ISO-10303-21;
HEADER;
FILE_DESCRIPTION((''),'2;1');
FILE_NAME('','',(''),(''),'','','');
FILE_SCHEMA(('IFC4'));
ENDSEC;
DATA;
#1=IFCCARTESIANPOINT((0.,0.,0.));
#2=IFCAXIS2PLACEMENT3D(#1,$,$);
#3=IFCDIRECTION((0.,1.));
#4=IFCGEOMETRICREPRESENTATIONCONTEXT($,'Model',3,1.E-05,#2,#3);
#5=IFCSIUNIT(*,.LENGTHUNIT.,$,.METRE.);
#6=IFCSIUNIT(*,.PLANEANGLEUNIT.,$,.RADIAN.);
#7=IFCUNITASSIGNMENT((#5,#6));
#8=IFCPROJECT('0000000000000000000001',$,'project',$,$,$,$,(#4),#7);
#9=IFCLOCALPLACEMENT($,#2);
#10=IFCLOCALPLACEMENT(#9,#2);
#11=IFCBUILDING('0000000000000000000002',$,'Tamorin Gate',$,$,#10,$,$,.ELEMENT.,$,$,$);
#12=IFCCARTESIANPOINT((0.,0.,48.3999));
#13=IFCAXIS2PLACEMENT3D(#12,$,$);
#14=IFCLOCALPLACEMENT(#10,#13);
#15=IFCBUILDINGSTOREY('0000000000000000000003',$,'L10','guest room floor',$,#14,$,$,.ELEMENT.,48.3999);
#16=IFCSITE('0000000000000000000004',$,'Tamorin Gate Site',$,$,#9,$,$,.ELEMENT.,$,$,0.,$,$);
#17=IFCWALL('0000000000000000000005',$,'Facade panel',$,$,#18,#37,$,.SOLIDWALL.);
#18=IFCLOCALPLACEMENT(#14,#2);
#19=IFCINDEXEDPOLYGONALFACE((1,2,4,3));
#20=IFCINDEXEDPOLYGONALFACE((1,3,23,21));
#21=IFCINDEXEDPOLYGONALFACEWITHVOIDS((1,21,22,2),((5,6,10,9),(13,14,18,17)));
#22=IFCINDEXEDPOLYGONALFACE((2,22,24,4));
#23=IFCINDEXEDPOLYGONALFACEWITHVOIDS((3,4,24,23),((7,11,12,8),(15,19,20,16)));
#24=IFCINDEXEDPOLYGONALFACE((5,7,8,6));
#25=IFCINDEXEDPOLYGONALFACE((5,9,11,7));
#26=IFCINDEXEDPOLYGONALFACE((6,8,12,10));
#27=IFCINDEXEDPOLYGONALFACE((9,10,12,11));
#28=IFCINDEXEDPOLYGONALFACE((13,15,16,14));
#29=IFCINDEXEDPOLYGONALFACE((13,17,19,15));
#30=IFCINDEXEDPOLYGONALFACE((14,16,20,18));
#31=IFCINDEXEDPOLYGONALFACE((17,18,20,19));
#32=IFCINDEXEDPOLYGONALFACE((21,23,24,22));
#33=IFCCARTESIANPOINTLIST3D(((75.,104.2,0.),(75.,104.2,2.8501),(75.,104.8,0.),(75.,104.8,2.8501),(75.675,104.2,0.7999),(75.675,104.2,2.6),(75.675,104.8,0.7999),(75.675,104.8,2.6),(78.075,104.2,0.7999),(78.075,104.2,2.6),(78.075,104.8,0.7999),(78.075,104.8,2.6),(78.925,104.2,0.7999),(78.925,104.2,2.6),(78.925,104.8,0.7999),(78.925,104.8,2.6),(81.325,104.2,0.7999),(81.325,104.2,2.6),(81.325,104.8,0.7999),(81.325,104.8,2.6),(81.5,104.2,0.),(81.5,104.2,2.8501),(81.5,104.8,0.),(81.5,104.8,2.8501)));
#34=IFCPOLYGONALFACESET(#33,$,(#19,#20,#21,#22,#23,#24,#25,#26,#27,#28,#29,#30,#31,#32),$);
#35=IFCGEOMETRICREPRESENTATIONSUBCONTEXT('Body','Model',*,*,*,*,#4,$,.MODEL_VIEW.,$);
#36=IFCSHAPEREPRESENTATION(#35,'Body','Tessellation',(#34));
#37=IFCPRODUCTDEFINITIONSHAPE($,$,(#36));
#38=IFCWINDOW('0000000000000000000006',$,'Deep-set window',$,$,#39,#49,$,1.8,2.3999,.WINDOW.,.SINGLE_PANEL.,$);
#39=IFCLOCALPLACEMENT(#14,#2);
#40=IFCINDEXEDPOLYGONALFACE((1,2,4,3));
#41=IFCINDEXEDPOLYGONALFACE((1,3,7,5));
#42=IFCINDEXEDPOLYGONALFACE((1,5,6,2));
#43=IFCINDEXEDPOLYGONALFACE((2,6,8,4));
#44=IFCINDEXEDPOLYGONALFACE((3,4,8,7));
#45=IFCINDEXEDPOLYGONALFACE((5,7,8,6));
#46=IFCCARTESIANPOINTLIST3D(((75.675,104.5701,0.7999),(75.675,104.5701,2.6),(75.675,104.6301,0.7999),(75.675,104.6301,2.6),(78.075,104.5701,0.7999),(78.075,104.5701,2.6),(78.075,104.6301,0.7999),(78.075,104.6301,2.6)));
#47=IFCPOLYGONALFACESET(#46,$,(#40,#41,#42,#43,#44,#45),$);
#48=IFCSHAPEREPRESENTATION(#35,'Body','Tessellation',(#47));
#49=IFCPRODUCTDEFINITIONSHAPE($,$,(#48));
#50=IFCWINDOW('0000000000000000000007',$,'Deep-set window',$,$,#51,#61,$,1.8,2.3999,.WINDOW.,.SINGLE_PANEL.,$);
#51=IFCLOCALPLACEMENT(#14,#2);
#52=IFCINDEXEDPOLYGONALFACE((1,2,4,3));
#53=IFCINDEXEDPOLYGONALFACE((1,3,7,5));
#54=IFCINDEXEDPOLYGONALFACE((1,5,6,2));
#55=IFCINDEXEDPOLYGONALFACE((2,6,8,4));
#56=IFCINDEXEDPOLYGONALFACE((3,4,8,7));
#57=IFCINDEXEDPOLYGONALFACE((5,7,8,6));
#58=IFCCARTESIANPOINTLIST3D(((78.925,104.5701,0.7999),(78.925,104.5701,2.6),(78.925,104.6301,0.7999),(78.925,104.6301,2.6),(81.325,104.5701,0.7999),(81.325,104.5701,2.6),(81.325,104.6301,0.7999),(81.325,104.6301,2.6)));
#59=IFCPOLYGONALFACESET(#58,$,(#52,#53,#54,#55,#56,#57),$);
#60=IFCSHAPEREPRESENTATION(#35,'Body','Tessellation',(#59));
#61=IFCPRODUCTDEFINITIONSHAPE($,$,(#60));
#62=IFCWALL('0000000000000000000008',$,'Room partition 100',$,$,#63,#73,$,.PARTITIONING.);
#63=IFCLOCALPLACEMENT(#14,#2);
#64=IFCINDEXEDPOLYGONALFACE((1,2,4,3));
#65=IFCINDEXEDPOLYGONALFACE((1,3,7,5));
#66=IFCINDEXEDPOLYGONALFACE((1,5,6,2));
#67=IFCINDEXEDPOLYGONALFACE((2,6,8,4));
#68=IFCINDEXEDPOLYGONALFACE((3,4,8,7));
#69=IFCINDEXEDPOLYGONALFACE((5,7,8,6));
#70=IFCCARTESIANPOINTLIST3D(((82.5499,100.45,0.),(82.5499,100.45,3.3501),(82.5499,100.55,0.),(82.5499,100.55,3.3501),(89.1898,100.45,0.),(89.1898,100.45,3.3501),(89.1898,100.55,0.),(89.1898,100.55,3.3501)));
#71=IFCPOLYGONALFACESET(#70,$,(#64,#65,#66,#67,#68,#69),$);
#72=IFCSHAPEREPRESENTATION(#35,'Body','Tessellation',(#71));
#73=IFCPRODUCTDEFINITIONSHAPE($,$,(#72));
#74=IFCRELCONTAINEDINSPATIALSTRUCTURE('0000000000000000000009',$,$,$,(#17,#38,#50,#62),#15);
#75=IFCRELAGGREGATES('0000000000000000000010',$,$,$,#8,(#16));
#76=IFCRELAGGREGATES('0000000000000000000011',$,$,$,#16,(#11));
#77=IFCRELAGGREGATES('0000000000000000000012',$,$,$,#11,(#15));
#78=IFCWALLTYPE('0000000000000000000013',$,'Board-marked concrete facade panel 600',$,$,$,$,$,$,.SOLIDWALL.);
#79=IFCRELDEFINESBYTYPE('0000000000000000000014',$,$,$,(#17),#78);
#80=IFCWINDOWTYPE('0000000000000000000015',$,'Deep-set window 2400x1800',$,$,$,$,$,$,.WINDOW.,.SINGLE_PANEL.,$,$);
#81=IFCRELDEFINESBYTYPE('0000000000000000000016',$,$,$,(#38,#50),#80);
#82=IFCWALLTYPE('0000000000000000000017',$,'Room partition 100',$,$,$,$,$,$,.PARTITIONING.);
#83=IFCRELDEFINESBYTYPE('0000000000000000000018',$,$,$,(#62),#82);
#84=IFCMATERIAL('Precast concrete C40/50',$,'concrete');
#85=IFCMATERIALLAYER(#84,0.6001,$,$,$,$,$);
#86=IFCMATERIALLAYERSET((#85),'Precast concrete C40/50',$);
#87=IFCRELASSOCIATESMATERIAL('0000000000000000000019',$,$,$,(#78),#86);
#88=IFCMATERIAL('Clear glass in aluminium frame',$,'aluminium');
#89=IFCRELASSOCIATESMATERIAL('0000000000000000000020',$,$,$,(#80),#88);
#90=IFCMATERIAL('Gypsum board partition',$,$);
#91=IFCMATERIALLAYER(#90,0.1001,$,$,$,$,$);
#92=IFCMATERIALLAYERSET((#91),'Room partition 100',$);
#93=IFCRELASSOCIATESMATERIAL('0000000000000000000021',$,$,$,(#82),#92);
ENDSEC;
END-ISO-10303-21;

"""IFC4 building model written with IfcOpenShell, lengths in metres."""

from ifc_helpers import new_model, si_unit, direction, frame, frame_2d, origin, place, context, subcontext, project, spatial, rectangle, extrude, material, layer, layer_set, type_object, element, fill, save


model = new_model("IFC4")

# Units and contexts
model_context = context("Model", 3, precision=1e-05, world=origin(), true_north=direction((0.0, 1.0)))
body_context = subcontext(model_context, "Body", "Model", "MODEL_VIEW")
ifc_project = project(units=[si_unit("LENGTHUNIT", "METRE"), si_unit("PLANEANGLEUNIT", "RADIAN")], contexts=[model_context])

# Site, building, storey
site_placement = place(None, origin())
site = spatial("IfcSite", under=ifc_project, at=site_placement, Name="Tamorin Gate Site", CompositionType="ELEMENT", RefElevation=0.0)
building_placement = place(site_placement, origin())
building = spatial("IfcBuilding", under=site, at=building_placement, Name="Tamorin Gate", CompositionType="ELEMENT")
storey_placement = place(building_placement, frame((0.0, 0.0, 48.3999)))
storey = spatial("IfcBuildingStorey", under=building, at=storey_placement, Name="L10", Description="guest room floor", CompositionType="ELEMENT", Elevation=48.3999)

# Shared definitions
ifc_material_1 = material(Name="Precast concrete C40/50", Category="concrete")
ifc_layer_1 = layer(ifc_material_1, 0.6001)
ifc_layer_set_1 = layer_set([ifc_layer_1], Name="Precast concrete C40/50")
wall_type_1 = type_object("IfcWallType", Name="Board-marked concrete facade panel 600", PredefinedType="SOLIDWALL", material=ifc_layer_set_1)
ifc_material_2 = material(Name="Clear glass in aluminium frame", Category="aluminium")
window_type = type_object("IfcWindowType", Name="Deep-set window 2400x1800", PartitioningType="SINGLE_PANEL", PredefinedType="WINDOW", material=ifc_material_2)

# Wall, openings, windows
wall_1_placement = place(storey_placement, frame((81.5, 104.5, 0.0), z_axis=(0.0, 0.0, 1.0), x_axis=(-1.0, 0.0, 0.0)))
wall_1 = element("IfcWall", 1, at=wall_1_placement, inside=storey, type_object=wall_type_1, Name="Facade panel", PredefinedType="SOLIDWALL", context=body_context, shape_type="SweptSolid", body=[
    extrude(rectangle(XDim=6.5, YDim=0.6001, at=frame_2d((3.25, 0.0))), origin(), (0.0, 0.0, 1.0), 2.8501),
])
opening_1_placement = place(wall_1_placement, frame((3.425, 0.0, 0.8)))
opening_1 = element("IfcOpeningElement", 2, at=opening_1_placement, cuts=wall_1, PredefinedType="OPENING", context=body_context, shape_type="SweptSolid", body=[
    extrude(rectangle(XDim=2.3999, YDim=1.8, at=frame_2d((1.2, 0.8999))), frame((0.0, 0.3101, 0.0), z_axis=(0.0, -1.0, 0.0), x_axis=(1.0, 0.0, 0.0)), (0.0, 0.0, 1.0), 0.6201),
])
opening_2_placement = place(wall_1_placement, frame((0.175, 0.0, 0.8)))
opening_2 = element("IfcOpeningElement", 3, at=opening_2_placement, cuts=wall_1, PredefinedType="OPENING", context=body_context, shape_type="SweptSolid", body=[
    extrude(rectangle(XDim=2.3999, YDim=1.8, at=frame_2d((1.2, 0.8999))), frame((0.0, 0.3101, 0.0), z_axis=(0.0, -1.0, 0.0), x_axis=(1.0, 0.0, 0.0)), (0.0, 0.0, 1.0), 0.6201),
])
window_1_placement = place(opening_1_placement, origin())
window_1 = element("IfcWindow", 4, at=window_1_placement, inside=storey, type_object=window_type, Name="Deep-set window", OverallHeight=1.8, OverallWidth=2.3999, PartitioningType="SINGLE_PANEL", PredefinedType="WINDOW", context=body_context, shape_type="SweptSolid", body=[
    extrude(rectangle(XDim=2.3999, YDim=1.8, at=frame_2d((1.2, 0.8999))), frame((0.0, -0.0701, 0.0), z_axis=(0.0, -1.0, 0.0), x_axis=(1.0, 0.0, 0.0)), (0.0, 0.0, 1.0), 0.0601),
])
fill(opening_1, window_1)
window_2_placement = place(opening_2_placement, origin())
window_2 = element("IfcWindow", 5, at=window_2_placement, inside=storey, type_object=window_type, Name="Deep-set window", OverallHeight=1.8, OverallWidth=2.3999, PartitioningType="SINGLE_PANEL", PredefinedType="WINDOW", context=body_context, shape_type="SweptSolid", body=[
    extrude(rectangle(XDim=2.3999, YDim=1.8, at=frame_2d((1.2, 0.8999))), frame((0.0, -0.0701, 0.0), z_axis=(0.0, -1.0, 0.0), x_axis=(1.0, 0.0, 0.0)), (0.0, 0.0, 1.0), 0.0601),
])
fill(opening_2, window_2)

# Wall
ifc_material_3 = material(Name="Gypsum board partition")
ifc_layer_2 = layer(ifc_material_3, 0.1001)
ifc_layer_set_2 = layer_set([ifc_layer_2], Name="Room partition 100")
wall_type_2 = type_object("IfcWallType", Name="Room partition 100", PredefinedType="PARTITIONING", material=ifc_layer_set_2)
wall_2_placement = place(storey_placement, frame((82.55, 100.5, 0.0), z_axis=(0.0, 0.0, 1.0), x_axis=(1.0, 0.0, 0.0)))
element("IfcWall", 6, at=wall_2_placement, inside=storey, type_object=wall_type_2, Name="Room partition 100", PredefinedType="PARTITIONING", context=body_context, shape_type="SweptSolid", body=[
    extrude(rectangle(XDim=6.6399, YDim=0.1001, at=frame_2d((3.3198, 0.0))), origin(), (0.0, 0.0, 1.0), 3.3501),
])

save(model, "model.ifc")
